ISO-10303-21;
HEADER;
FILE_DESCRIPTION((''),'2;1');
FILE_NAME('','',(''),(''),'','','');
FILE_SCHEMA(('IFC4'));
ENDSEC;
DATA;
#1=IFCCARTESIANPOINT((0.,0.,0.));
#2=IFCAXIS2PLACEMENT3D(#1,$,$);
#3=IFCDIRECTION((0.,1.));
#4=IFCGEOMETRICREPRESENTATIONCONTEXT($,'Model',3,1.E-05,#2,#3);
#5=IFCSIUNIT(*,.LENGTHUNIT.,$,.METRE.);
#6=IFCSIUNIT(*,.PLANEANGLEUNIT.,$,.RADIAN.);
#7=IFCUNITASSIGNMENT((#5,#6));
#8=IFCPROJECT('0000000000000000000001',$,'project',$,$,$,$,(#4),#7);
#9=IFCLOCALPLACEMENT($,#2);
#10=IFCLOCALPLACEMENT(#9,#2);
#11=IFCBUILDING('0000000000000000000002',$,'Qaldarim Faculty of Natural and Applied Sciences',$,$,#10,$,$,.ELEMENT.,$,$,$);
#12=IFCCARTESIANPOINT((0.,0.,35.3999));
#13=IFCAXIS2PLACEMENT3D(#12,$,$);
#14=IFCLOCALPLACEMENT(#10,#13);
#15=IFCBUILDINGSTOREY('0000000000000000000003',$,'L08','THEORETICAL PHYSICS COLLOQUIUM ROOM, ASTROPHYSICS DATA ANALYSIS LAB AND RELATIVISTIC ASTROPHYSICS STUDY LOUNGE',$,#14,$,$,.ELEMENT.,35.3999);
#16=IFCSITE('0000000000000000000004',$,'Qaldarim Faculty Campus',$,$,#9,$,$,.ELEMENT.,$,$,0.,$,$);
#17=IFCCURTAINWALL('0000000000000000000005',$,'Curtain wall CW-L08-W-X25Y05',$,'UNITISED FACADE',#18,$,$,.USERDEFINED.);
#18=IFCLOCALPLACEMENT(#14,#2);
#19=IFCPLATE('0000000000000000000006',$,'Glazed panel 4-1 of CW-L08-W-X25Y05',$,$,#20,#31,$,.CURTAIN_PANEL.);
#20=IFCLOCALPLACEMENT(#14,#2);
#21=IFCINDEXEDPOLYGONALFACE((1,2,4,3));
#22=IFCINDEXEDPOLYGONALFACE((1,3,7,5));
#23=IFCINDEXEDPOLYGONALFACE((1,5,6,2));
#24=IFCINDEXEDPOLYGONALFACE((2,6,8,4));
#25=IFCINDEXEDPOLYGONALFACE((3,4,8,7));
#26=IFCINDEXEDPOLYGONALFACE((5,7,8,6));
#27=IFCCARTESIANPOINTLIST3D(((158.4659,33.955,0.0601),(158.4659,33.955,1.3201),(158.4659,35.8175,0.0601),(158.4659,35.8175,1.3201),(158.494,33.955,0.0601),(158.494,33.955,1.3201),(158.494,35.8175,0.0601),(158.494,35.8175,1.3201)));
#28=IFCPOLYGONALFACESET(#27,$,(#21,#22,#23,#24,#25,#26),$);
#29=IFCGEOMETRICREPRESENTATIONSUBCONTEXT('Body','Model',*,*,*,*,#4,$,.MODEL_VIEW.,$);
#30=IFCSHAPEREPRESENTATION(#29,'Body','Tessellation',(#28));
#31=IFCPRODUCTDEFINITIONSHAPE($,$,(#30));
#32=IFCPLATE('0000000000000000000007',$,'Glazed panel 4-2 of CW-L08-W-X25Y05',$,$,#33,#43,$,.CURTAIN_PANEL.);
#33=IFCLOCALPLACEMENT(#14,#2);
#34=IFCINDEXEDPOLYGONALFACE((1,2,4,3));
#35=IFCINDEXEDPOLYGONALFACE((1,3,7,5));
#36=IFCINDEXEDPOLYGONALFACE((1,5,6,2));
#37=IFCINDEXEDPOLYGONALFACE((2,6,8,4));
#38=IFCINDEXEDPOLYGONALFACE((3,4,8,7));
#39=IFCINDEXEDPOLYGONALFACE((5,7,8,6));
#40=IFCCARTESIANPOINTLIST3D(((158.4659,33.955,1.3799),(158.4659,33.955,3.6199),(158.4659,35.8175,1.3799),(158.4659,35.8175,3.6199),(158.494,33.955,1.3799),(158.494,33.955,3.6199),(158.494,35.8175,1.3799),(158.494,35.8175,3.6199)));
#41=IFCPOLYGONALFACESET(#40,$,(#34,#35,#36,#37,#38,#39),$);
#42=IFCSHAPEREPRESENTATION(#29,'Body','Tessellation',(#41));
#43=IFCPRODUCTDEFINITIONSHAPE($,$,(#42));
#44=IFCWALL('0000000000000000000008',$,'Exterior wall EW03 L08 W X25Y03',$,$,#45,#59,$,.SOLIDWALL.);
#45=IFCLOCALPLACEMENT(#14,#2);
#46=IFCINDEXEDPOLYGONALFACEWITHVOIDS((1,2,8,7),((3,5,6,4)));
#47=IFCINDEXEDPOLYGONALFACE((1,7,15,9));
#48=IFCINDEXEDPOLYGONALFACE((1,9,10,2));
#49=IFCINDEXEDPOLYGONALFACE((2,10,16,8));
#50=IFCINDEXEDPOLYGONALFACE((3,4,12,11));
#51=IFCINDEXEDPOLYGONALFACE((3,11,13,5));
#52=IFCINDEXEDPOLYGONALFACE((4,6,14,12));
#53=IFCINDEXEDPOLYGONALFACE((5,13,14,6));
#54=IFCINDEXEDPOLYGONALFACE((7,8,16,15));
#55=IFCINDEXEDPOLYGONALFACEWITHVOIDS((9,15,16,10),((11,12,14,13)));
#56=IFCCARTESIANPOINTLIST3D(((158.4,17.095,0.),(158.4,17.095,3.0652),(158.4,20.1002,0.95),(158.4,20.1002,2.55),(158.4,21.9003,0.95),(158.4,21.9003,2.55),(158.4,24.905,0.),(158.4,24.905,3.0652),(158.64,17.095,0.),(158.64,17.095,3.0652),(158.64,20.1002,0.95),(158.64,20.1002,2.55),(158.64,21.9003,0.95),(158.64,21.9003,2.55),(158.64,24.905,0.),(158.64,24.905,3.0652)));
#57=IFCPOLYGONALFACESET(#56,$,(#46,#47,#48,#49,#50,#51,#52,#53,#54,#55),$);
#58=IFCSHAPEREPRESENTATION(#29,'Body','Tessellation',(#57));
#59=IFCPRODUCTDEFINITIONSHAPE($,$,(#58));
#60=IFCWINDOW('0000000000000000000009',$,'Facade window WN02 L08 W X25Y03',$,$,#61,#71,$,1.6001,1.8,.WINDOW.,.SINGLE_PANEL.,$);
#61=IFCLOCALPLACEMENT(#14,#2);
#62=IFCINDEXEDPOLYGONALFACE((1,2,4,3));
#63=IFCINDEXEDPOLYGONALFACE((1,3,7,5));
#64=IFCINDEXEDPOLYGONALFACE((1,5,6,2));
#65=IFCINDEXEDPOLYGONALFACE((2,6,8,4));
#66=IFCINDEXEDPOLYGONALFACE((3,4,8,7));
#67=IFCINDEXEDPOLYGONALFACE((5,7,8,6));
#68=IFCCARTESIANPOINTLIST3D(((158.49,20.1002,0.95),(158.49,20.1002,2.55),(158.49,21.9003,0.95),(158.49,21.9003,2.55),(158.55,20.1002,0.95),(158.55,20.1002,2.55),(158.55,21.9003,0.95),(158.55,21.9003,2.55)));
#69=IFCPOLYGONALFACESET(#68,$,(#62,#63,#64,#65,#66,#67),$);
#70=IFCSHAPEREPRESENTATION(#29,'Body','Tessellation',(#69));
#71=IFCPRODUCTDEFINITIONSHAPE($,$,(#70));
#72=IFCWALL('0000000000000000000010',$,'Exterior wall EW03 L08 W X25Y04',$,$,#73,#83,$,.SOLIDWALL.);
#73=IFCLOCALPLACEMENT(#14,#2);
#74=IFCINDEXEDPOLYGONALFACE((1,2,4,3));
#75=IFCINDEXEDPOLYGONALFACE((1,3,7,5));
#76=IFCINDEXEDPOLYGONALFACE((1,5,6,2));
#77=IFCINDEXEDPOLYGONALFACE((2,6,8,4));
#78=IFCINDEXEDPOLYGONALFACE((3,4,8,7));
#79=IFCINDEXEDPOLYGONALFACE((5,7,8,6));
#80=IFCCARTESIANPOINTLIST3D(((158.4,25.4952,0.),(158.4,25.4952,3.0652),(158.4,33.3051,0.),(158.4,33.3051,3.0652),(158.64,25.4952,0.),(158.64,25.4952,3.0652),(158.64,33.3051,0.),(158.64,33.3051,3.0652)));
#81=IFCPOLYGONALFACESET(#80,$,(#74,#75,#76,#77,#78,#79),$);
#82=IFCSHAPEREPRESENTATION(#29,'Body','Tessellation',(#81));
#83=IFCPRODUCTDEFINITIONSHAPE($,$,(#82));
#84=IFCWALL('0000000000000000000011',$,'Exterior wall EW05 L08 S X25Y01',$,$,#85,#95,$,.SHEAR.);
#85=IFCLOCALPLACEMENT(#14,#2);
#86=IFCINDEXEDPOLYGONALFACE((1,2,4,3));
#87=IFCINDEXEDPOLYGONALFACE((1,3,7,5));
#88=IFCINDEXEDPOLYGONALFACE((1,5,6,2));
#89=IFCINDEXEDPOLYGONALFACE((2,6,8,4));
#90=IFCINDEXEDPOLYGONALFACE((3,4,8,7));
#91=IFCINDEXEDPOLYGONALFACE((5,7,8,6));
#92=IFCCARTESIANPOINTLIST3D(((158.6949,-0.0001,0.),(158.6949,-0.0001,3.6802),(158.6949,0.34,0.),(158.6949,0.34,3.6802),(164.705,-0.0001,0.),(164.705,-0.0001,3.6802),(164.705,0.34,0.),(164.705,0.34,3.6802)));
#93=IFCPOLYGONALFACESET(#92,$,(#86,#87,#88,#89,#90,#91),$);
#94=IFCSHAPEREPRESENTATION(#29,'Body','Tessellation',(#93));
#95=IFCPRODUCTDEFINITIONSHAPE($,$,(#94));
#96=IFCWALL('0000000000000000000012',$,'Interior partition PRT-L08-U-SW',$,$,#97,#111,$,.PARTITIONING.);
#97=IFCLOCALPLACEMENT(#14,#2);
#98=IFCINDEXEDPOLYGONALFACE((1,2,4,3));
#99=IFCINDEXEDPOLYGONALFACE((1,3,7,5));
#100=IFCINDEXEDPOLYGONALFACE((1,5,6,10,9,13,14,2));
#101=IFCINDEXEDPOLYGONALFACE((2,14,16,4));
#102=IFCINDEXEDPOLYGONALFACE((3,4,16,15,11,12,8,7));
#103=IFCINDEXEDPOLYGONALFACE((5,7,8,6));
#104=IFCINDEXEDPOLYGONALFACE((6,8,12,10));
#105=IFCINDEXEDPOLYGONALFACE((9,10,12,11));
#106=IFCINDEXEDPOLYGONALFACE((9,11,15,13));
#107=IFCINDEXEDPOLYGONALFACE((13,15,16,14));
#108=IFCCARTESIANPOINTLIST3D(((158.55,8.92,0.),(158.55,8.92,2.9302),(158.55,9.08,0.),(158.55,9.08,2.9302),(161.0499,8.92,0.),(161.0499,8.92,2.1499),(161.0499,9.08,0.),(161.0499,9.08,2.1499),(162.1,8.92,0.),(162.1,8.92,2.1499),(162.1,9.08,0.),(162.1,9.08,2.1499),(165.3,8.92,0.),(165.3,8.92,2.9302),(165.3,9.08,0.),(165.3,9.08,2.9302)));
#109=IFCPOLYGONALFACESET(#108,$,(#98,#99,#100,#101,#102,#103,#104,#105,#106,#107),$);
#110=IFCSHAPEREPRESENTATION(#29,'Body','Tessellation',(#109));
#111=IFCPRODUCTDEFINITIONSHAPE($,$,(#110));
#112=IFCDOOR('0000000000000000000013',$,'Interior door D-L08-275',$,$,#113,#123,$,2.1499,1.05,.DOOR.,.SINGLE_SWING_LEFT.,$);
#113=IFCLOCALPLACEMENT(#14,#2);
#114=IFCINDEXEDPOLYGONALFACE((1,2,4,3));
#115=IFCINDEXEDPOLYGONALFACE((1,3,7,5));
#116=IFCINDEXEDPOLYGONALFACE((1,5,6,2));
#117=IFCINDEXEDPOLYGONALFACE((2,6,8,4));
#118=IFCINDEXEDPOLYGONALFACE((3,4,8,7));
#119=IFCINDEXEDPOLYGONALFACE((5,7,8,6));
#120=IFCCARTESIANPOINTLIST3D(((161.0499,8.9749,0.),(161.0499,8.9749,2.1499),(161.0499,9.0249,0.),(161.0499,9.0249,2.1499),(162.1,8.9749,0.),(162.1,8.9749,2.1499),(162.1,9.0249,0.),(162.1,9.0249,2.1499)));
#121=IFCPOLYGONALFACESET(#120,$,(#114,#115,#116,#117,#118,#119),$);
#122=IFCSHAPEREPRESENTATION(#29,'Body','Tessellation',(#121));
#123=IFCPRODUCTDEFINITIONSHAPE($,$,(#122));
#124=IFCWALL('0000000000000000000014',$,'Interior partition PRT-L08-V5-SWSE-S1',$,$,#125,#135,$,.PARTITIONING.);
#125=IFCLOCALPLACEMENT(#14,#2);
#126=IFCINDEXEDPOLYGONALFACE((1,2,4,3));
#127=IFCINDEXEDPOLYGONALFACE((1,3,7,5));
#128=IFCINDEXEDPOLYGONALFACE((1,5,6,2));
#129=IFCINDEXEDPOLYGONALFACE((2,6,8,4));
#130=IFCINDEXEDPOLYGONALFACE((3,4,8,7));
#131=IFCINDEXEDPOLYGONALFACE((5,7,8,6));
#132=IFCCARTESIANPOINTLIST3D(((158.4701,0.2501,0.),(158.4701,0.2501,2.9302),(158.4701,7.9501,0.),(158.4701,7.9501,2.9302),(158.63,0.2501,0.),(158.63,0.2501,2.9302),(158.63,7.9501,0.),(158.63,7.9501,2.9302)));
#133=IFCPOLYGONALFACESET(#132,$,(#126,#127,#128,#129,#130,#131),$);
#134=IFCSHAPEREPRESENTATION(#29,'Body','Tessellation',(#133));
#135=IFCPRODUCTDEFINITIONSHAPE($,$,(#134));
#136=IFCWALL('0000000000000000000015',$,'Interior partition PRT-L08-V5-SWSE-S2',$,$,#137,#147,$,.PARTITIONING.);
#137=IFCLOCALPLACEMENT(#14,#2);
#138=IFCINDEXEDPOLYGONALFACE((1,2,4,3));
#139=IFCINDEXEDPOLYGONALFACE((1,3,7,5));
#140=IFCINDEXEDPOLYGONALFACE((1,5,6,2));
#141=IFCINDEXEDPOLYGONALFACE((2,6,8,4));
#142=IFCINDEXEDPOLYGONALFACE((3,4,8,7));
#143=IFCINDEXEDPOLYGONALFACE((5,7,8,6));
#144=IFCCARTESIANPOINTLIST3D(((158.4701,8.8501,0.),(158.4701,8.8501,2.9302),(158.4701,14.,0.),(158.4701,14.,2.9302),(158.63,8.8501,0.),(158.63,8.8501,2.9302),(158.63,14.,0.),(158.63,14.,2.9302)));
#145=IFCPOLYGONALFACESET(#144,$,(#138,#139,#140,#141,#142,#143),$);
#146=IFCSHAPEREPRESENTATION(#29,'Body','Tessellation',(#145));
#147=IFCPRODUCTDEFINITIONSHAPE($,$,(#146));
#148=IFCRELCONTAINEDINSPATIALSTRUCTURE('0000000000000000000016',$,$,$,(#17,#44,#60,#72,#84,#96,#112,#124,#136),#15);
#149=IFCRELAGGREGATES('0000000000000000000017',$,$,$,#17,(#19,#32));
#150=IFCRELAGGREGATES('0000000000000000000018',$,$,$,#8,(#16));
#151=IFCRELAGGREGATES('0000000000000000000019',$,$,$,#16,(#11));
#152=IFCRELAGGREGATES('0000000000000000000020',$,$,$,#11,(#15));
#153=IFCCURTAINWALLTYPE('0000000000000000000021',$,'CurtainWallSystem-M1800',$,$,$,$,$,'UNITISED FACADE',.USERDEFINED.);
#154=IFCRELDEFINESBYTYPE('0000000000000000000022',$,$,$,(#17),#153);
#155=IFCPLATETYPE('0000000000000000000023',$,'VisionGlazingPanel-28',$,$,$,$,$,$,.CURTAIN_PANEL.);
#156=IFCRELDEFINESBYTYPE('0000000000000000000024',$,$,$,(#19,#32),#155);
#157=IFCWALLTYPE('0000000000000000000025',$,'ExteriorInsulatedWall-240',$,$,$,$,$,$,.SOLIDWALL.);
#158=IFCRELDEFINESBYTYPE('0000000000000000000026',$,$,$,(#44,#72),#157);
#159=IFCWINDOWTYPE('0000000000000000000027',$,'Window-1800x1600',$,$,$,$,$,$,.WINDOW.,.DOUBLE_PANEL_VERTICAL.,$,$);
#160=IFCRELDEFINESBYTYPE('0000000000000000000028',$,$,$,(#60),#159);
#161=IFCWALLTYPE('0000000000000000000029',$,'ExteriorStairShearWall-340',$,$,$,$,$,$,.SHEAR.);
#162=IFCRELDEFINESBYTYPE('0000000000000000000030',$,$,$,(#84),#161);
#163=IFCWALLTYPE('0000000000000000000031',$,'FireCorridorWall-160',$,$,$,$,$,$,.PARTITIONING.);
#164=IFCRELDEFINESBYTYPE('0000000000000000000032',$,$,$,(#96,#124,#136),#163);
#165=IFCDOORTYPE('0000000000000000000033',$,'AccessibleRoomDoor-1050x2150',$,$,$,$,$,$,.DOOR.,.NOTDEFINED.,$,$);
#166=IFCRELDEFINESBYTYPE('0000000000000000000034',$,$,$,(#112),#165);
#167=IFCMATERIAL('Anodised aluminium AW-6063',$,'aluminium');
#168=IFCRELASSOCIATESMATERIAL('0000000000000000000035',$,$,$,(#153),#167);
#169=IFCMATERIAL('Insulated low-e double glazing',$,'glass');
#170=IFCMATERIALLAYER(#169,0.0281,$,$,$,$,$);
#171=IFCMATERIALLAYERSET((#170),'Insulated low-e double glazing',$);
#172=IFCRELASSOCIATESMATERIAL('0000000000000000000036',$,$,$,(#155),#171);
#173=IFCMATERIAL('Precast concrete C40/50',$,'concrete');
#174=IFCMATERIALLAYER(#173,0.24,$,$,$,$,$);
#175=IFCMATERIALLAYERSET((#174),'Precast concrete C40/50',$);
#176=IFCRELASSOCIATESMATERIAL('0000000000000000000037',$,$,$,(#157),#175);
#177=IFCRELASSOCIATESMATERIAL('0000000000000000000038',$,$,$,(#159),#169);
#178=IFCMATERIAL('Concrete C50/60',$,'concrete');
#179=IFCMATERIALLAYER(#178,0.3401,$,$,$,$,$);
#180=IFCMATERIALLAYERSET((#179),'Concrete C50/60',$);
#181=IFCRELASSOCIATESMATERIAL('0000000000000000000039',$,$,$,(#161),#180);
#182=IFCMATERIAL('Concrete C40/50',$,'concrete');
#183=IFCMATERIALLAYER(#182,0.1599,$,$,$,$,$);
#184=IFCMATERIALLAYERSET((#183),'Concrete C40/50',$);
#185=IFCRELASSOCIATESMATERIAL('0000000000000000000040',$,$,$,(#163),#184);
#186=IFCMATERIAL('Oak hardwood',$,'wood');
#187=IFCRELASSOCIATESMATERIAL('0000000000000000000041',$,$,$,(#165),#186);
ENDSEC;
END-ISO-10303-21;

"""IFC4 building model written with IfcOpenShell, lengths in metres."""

from ifc_helpers import new_model, si_unit, direction, frame, frame_2d, origin, origin_2d, place, context, subcontext, project, spatial, rectangle, extrude, material, layer, layer_set, type_object, element, fill, aggregate, save


model = new_model("IFC4")

# Units and contexts
model_context = context("Model", 3, precision=1e-05, world=origin(), true_north=direction((0.0, 1.0)))
body_context = subcontext(model_context, "Body", "Model", "MODEL_VIEW")
ifc_project = project(units=[si_unit("LENGTHUNIT", "METRE"), si_unit("PLANEANGLEUNIT", "RADIAN")], contexts=[model_context])

# Site, building, storey
site_placement = place(None, origin())
site = spatial("IfcSite", under=ifc_project, at=site_placement, Name="Qaldarim Faculty Campus", CompositionType="ELEMENT", RefElevation=0.0)
building_placement = place(site_placement, origin())
building = spatial("IfcBuilding", under=site, at=building_placement, Name="Qaldarim Faculty of Natural and Applied Sciences", CompositionType="ELEMENT")
storey_placement = place(building_placement, frame((0.0, 0.0, 35.3999)))
storey = spatial("IfcBuildingStorey", under=building, at=storey_placement, Name="L08", Description="THEORETICAL PHYSICS COLLOQUIUM ROOM, ASTROPHYSICS DATA ANALYSIS LAB AND RELATIVISTIC ASTROPHYSICS STUDY LOUNGE", CompositionType="ELEMENT", Elevation=35.3999)

# Shared definitions
ifc_material_1 = material(Name="Concrete C40/50", Category="concrete")

# Curtain wall
ifc_material_2 = material(Name="Anodised aluminium AW-6063", Category="aluminium")
curtain_wall_type = type_object("IfcCurtainWallType", Name="CurtainWallSystem-M1800", ElementType="UNITISED FACADE", PredefinedType="USERDEFINED", material=ifc_material_2)
curtain_wall_placement = place(storey_placement, origin())
curtain_wall = element("IfcCurtainWall", 1, at=curtain_wall_placement, inside=storey, type_object=curtain_wall_type, Name="Curtain wall CW-L08-W-X25Y05", ObjectType="UNITISED FACADE", PredefinedType="USERDEFINED")

# Plates
ifc_material_3 = material(Name="Insulated low-e double glazing", Category="glass")
ifc_layer_1 = layer(ifc_material_3, 0.0281)
ifc_layer_set_1 = layer_set([ifc_layer_1], Name="Insulated low-e double glazing")
plate_type_1 = type_object("IfcPlateType", Name="VisionGlazingPanel-28", PredefinedType="CURTAIN_PANEL", material=ifc_layer_set_1)
plate_1_placement = place(storey_placement, frame((158.48, 34.8862, 0.0601), z_axis=(0.0, 0.0, 1.0), x_axis=(0.0, -1.0, 0.0)))
plate_1 = element("IfcPlate", 2, at=plate_1_placement, type_object=plate_type_1, Name="Glazed panel 4-1 of CW-L08-W-X25Y05", PredefinedType="CURTAIN_PANEL", context=body_context, shape_type="SweptSolid", body=[
    extrude(rectangle(XDim=1.8625, YDim=0.0281, at=origin_2d()), origin(), (0.0, 0.0, 1.0), 1.26),
])
plate_2_placement = place(storey_placement, frame((158.48, 34.8862, 1.3799), z_axis=(0.0, 0.0, 1.0), x_axis=(0.0, -1.0, 0.0)))
plate_2 = element("IfcPlate", 3, at=plate_2_placement, type_object=plate_type_1, Name="Glazed panel 4-2 of CW-L08-W-X25Y05", PredefinedType="CURTAIN_PANEL", context=body_context, shape_type="SweptSolid", body=[
    extrude(rectangle(XDim=1.8625, YDim=0.0281, at=origin_2d()), origin(), (0.0, 0.0, 1.0), 2.24),
])
aggregate(curtain_wall, [plate_1, plate_2])

# Wall, opening, window
ifc_material_4 = material(Name="Precast concrete C40/50", Category="concrete")
ifc_layer_2 = layer(ifc_material_4, 0.24)
ifc_layer_set_2 = layer_set([ifc_layer_2], Name="Precast concrete C40/50")
wall_type_1 = type_object("IfcWallType", Name="ExteriorInsulatedWall-240", PredefinedType="SOLIDWALL", material=ifc_layer_set_2)
wall_1_placement = place(storey_placement, frame((158.52, 24.905, 0.0), z_axis=(0.0, 0.0, 1.0), x_axis=(0.0, -1.0, 0.0)))
wall_1 = element("IfcWall", 4, at=wall_1_placement, inside=storey, type_object=wall_type_1, Name="Exterior wall EW03 L08 W X25Y03", PredefinedType="SOLIDWALL", context=body_context, shape_type="SweptSolid", body=[
    extrude(rectangle(XDim=7.8101, YDim=0.24, at=frame_2d((3.905, 0.0))), origin(), (0.0, 0.0, 1.0), 3.0652),
])
opening_1_placement = place(wall_1_placement, frame((3.0049, 0.0, 0.95)))
opening_1 = element("IfcOpeningElement", 5, at=opening_1_placement, cuts=wall_1, PredefinedType="OPENING", context=body_context, shape_type="SweptSolid", body=[
    extrude(rectangle(XDim=1.8, YDim=1.6001, at=frame_2d((0.8999, 0.8))), frame((0.0, 0.1299, 0.0), z_axis=(0.0, -1.0, 0.0), x_axis=(1.0, 0.0, 0.0)), (0.0, 0.0, 1.0), 0.26),
])
window_type = type_object("IfcWindowType", Name="Window-1800x1600", PartitioningType="DOUBLE_PANEL_VERTICAL", PredefinedType="WINDOW", material=ifc_material_3)
window_placement = place(opening_1_placement, origin())
window = element("IfcWindow", 6, at=window_placement, inside=storey, type_object=window_type, Name="Facade window WN02 L08 W X25Y03", OverallHeight=1.6001, OverallWidth=1.8, PartitioningType="SINGLE_PANEL", PredefinedType="WINDOW", context=body_context, shape_type="SweptSolid", body=[
    extrude(rectangle(XDim=1.8, YDim=1.6001, at=frame_2d((0.8999, 0.8))), frame((0.0, 0.03, 0.0), z_axis=(0.0, -1.0, 0.0), x_axis=(1.0, 0.0, 0.0)), (0.0, 0.0, 1.0), 0.0601),
])
fill(opening_1, window)

# Walls
wall_2_placement = place(storey_placement, frame((158.52, 33.3049, 0.0), z_axis=(0.0, 0.0, 1.0), x_axis=(0.0, -1.0, 0.0)))
element("IfcWall", 7, at=wall_2_placement, inside=storey, type_object=wall_type_1, Name="Exterior wall EW03 L08 W X25Y04", PredefinedType="SOLIDWALL", context=body_context, shape_type="SweptSolid", body=[
    extrude(rectangle(XDim=7.8098, YDim=0.24, at=frame_2d((3.9048, 0.0))), origin(), (0.0, 0.0, 1.0), 3.0652),
])
ifc_material_5 = material(Name="Concrete C50/60", Category="concrete")
ifc_layer_3 = layer(ifc_material_5, 0.3401)
ifc_layer_set_3 = layer_set([ifc_layer_3], Name="Concrete C50/60")
wall_type_2 = type_object("IfcWallType", Name="ExteriorStairShearWall-340", PredefinedType="SHEAR", material=ifc_layer_set_3)
wall_3_placement = place(storey_placement, frame((158.6951, 0.1699, 0.0), z_axis=(0.0, 0.0, 1.0), x_axis=(1.0, 0.0, 0.0)))
element("IfcWall", 8, at=wall_3_placement, inside=storey, type_object=wall_type_2, Name="Exterior wall EW05 L08 S X25Y01", PredefinedType="SHEAR", context=body_context, shape_type="SweptSolid", body=[
    extrude(rectangle(XDim=6.01, YDim=0.3401, at=frame_2d((3.0049, 0.0))), origin(), (0.0, 0.0, 1.0), 3.6802),
])

# Wall, opening, door
ifc_layer_4 = layer(ifc_material_1, 0.1599)
ifc_layer_set_4 = layer_set([ifc_layer_4], Name="Concrete C40/50")
wall_type_3 = type_object("IfcWallType", Name="FireCorridorWall-160", PredefinedType="PARTITIONING", material=ifc_layer_set_4)
wall_4_placement = place(storey_placement, frame((158.55, 9.0, 0.0), z_axis=(0.0, 0.0, 1.0), x_axis=(1.0, 0.0, 0.0)))
wall_4 = element("IfcWall", 9, at=wall_4_placement, inside=storey, type_object=wall_type_3, Name="Interior partition PRT-L08-U-SW", PredefinedType="PARTITIONING", context=body_context, shape_type="SweptSolid", body=[
    extrude(rectangle(XDim=6.75, YDim=0.1599, at=frame_2d((3.375, 0.0))), origin(), (0.0, 0.0, 1.0), 2.9302),
])
opening_2_placement = place(wall_4_placement, frame((2.5, 0.0, 0.0)))
opening_2 = element("IfcOpeningElement", 10, at=opening_2_placement, cuts=wall_4, PredefinedType="OPENING", context=body_context, shape_type="SweptSolid", body=[
    extrude(rectangle(XDim=1.05, YDim=2.1499, at=frame_2d((0.5249, 1.075))), frame((0.0, 0.0898, 0.0), z_axis=(0.0, -1.0, 0.0), x_axis=(1.0, 0.0, 0.0)), (0.0, 0.0, 1.0), 0.1799),
])
ifc_material_6 = material(Name="Oak hardwood", Category="wood")
door_type = type_object("IfcDoorType", Name="AccessibleRoomDoor-1050x2150", OperationType="NOTDEFINED", PredefinedType="DOOR", material=ifc_material_6)
door_placement = place(opening_2_placement, origin())
door = element("IfcDoor", 11, at=door_placement, inside=storey, type_object=door_type, Name="Interior door D-L08-275", OperationType="SINGLE_SWING_LEFT", OverallHeight=2.1499, OverallWidth=1.05, PredefinedType="DOOR", context=body_context, shape_type="SweptSolid", body=[
    extrude(rectangle(XDim=1.05, YDim=2.1499, at=frame_2d((0.5249, 1.075))), frame((0.0, 0.0249, 0.0), z_axis=(0.0, -1.0, 0.0), x_axis=(1.0, 0.0, 0.0)), (0.0, 0.0, 1.0), 0.05),
])
fill(opening_2, door)

# Walls
wall_5_placement = place(storey_placement, frame((158.55, 0.25, 0.0), z_axis=(0.0, 0.0, 1.0), x_axis=(0.0, 1.0, 0.0)))
element("IfcWall", 12, at=wall_5_placement, inside=storey, type_object=wall_type_3, Name="Interior partition PRT-L08-V5-SWSE-S1", PredefinedType="PARTITIONING", context=body_context, shape_type="SweptSolid", body=[
    extrude(rectangle(XDim=7.7, YDim=0.1599, at=frame_2d((3.8501, 0.0))), origin(), (0.0, 0.0, 1.0), 2.9302),
])
wall_6_placement = place(storey_placement, frame((158.55, 8.8501, 0.0), z_axis=(0.0, 0.0, 1.0), x_axis=(0.0, 1.0, 0.0)))
element("IfcWall", 13, at=wall_6_placement, inside=storey, type_object=wall_type_3, Name="Interior partition PRT-L08-V5-SWSE-S2", PredefinedType="PARTITIONING", context=body_context, shape_type="SweptSolid", body=[
    extrude(rectangle(XDim=5.1499, YDim=0.1599, at=frame_2d((2.575, 0.0))), origin(), (0.0, 0.0, 1.0), 2.9302),
])

save(model, "model.ifc")
